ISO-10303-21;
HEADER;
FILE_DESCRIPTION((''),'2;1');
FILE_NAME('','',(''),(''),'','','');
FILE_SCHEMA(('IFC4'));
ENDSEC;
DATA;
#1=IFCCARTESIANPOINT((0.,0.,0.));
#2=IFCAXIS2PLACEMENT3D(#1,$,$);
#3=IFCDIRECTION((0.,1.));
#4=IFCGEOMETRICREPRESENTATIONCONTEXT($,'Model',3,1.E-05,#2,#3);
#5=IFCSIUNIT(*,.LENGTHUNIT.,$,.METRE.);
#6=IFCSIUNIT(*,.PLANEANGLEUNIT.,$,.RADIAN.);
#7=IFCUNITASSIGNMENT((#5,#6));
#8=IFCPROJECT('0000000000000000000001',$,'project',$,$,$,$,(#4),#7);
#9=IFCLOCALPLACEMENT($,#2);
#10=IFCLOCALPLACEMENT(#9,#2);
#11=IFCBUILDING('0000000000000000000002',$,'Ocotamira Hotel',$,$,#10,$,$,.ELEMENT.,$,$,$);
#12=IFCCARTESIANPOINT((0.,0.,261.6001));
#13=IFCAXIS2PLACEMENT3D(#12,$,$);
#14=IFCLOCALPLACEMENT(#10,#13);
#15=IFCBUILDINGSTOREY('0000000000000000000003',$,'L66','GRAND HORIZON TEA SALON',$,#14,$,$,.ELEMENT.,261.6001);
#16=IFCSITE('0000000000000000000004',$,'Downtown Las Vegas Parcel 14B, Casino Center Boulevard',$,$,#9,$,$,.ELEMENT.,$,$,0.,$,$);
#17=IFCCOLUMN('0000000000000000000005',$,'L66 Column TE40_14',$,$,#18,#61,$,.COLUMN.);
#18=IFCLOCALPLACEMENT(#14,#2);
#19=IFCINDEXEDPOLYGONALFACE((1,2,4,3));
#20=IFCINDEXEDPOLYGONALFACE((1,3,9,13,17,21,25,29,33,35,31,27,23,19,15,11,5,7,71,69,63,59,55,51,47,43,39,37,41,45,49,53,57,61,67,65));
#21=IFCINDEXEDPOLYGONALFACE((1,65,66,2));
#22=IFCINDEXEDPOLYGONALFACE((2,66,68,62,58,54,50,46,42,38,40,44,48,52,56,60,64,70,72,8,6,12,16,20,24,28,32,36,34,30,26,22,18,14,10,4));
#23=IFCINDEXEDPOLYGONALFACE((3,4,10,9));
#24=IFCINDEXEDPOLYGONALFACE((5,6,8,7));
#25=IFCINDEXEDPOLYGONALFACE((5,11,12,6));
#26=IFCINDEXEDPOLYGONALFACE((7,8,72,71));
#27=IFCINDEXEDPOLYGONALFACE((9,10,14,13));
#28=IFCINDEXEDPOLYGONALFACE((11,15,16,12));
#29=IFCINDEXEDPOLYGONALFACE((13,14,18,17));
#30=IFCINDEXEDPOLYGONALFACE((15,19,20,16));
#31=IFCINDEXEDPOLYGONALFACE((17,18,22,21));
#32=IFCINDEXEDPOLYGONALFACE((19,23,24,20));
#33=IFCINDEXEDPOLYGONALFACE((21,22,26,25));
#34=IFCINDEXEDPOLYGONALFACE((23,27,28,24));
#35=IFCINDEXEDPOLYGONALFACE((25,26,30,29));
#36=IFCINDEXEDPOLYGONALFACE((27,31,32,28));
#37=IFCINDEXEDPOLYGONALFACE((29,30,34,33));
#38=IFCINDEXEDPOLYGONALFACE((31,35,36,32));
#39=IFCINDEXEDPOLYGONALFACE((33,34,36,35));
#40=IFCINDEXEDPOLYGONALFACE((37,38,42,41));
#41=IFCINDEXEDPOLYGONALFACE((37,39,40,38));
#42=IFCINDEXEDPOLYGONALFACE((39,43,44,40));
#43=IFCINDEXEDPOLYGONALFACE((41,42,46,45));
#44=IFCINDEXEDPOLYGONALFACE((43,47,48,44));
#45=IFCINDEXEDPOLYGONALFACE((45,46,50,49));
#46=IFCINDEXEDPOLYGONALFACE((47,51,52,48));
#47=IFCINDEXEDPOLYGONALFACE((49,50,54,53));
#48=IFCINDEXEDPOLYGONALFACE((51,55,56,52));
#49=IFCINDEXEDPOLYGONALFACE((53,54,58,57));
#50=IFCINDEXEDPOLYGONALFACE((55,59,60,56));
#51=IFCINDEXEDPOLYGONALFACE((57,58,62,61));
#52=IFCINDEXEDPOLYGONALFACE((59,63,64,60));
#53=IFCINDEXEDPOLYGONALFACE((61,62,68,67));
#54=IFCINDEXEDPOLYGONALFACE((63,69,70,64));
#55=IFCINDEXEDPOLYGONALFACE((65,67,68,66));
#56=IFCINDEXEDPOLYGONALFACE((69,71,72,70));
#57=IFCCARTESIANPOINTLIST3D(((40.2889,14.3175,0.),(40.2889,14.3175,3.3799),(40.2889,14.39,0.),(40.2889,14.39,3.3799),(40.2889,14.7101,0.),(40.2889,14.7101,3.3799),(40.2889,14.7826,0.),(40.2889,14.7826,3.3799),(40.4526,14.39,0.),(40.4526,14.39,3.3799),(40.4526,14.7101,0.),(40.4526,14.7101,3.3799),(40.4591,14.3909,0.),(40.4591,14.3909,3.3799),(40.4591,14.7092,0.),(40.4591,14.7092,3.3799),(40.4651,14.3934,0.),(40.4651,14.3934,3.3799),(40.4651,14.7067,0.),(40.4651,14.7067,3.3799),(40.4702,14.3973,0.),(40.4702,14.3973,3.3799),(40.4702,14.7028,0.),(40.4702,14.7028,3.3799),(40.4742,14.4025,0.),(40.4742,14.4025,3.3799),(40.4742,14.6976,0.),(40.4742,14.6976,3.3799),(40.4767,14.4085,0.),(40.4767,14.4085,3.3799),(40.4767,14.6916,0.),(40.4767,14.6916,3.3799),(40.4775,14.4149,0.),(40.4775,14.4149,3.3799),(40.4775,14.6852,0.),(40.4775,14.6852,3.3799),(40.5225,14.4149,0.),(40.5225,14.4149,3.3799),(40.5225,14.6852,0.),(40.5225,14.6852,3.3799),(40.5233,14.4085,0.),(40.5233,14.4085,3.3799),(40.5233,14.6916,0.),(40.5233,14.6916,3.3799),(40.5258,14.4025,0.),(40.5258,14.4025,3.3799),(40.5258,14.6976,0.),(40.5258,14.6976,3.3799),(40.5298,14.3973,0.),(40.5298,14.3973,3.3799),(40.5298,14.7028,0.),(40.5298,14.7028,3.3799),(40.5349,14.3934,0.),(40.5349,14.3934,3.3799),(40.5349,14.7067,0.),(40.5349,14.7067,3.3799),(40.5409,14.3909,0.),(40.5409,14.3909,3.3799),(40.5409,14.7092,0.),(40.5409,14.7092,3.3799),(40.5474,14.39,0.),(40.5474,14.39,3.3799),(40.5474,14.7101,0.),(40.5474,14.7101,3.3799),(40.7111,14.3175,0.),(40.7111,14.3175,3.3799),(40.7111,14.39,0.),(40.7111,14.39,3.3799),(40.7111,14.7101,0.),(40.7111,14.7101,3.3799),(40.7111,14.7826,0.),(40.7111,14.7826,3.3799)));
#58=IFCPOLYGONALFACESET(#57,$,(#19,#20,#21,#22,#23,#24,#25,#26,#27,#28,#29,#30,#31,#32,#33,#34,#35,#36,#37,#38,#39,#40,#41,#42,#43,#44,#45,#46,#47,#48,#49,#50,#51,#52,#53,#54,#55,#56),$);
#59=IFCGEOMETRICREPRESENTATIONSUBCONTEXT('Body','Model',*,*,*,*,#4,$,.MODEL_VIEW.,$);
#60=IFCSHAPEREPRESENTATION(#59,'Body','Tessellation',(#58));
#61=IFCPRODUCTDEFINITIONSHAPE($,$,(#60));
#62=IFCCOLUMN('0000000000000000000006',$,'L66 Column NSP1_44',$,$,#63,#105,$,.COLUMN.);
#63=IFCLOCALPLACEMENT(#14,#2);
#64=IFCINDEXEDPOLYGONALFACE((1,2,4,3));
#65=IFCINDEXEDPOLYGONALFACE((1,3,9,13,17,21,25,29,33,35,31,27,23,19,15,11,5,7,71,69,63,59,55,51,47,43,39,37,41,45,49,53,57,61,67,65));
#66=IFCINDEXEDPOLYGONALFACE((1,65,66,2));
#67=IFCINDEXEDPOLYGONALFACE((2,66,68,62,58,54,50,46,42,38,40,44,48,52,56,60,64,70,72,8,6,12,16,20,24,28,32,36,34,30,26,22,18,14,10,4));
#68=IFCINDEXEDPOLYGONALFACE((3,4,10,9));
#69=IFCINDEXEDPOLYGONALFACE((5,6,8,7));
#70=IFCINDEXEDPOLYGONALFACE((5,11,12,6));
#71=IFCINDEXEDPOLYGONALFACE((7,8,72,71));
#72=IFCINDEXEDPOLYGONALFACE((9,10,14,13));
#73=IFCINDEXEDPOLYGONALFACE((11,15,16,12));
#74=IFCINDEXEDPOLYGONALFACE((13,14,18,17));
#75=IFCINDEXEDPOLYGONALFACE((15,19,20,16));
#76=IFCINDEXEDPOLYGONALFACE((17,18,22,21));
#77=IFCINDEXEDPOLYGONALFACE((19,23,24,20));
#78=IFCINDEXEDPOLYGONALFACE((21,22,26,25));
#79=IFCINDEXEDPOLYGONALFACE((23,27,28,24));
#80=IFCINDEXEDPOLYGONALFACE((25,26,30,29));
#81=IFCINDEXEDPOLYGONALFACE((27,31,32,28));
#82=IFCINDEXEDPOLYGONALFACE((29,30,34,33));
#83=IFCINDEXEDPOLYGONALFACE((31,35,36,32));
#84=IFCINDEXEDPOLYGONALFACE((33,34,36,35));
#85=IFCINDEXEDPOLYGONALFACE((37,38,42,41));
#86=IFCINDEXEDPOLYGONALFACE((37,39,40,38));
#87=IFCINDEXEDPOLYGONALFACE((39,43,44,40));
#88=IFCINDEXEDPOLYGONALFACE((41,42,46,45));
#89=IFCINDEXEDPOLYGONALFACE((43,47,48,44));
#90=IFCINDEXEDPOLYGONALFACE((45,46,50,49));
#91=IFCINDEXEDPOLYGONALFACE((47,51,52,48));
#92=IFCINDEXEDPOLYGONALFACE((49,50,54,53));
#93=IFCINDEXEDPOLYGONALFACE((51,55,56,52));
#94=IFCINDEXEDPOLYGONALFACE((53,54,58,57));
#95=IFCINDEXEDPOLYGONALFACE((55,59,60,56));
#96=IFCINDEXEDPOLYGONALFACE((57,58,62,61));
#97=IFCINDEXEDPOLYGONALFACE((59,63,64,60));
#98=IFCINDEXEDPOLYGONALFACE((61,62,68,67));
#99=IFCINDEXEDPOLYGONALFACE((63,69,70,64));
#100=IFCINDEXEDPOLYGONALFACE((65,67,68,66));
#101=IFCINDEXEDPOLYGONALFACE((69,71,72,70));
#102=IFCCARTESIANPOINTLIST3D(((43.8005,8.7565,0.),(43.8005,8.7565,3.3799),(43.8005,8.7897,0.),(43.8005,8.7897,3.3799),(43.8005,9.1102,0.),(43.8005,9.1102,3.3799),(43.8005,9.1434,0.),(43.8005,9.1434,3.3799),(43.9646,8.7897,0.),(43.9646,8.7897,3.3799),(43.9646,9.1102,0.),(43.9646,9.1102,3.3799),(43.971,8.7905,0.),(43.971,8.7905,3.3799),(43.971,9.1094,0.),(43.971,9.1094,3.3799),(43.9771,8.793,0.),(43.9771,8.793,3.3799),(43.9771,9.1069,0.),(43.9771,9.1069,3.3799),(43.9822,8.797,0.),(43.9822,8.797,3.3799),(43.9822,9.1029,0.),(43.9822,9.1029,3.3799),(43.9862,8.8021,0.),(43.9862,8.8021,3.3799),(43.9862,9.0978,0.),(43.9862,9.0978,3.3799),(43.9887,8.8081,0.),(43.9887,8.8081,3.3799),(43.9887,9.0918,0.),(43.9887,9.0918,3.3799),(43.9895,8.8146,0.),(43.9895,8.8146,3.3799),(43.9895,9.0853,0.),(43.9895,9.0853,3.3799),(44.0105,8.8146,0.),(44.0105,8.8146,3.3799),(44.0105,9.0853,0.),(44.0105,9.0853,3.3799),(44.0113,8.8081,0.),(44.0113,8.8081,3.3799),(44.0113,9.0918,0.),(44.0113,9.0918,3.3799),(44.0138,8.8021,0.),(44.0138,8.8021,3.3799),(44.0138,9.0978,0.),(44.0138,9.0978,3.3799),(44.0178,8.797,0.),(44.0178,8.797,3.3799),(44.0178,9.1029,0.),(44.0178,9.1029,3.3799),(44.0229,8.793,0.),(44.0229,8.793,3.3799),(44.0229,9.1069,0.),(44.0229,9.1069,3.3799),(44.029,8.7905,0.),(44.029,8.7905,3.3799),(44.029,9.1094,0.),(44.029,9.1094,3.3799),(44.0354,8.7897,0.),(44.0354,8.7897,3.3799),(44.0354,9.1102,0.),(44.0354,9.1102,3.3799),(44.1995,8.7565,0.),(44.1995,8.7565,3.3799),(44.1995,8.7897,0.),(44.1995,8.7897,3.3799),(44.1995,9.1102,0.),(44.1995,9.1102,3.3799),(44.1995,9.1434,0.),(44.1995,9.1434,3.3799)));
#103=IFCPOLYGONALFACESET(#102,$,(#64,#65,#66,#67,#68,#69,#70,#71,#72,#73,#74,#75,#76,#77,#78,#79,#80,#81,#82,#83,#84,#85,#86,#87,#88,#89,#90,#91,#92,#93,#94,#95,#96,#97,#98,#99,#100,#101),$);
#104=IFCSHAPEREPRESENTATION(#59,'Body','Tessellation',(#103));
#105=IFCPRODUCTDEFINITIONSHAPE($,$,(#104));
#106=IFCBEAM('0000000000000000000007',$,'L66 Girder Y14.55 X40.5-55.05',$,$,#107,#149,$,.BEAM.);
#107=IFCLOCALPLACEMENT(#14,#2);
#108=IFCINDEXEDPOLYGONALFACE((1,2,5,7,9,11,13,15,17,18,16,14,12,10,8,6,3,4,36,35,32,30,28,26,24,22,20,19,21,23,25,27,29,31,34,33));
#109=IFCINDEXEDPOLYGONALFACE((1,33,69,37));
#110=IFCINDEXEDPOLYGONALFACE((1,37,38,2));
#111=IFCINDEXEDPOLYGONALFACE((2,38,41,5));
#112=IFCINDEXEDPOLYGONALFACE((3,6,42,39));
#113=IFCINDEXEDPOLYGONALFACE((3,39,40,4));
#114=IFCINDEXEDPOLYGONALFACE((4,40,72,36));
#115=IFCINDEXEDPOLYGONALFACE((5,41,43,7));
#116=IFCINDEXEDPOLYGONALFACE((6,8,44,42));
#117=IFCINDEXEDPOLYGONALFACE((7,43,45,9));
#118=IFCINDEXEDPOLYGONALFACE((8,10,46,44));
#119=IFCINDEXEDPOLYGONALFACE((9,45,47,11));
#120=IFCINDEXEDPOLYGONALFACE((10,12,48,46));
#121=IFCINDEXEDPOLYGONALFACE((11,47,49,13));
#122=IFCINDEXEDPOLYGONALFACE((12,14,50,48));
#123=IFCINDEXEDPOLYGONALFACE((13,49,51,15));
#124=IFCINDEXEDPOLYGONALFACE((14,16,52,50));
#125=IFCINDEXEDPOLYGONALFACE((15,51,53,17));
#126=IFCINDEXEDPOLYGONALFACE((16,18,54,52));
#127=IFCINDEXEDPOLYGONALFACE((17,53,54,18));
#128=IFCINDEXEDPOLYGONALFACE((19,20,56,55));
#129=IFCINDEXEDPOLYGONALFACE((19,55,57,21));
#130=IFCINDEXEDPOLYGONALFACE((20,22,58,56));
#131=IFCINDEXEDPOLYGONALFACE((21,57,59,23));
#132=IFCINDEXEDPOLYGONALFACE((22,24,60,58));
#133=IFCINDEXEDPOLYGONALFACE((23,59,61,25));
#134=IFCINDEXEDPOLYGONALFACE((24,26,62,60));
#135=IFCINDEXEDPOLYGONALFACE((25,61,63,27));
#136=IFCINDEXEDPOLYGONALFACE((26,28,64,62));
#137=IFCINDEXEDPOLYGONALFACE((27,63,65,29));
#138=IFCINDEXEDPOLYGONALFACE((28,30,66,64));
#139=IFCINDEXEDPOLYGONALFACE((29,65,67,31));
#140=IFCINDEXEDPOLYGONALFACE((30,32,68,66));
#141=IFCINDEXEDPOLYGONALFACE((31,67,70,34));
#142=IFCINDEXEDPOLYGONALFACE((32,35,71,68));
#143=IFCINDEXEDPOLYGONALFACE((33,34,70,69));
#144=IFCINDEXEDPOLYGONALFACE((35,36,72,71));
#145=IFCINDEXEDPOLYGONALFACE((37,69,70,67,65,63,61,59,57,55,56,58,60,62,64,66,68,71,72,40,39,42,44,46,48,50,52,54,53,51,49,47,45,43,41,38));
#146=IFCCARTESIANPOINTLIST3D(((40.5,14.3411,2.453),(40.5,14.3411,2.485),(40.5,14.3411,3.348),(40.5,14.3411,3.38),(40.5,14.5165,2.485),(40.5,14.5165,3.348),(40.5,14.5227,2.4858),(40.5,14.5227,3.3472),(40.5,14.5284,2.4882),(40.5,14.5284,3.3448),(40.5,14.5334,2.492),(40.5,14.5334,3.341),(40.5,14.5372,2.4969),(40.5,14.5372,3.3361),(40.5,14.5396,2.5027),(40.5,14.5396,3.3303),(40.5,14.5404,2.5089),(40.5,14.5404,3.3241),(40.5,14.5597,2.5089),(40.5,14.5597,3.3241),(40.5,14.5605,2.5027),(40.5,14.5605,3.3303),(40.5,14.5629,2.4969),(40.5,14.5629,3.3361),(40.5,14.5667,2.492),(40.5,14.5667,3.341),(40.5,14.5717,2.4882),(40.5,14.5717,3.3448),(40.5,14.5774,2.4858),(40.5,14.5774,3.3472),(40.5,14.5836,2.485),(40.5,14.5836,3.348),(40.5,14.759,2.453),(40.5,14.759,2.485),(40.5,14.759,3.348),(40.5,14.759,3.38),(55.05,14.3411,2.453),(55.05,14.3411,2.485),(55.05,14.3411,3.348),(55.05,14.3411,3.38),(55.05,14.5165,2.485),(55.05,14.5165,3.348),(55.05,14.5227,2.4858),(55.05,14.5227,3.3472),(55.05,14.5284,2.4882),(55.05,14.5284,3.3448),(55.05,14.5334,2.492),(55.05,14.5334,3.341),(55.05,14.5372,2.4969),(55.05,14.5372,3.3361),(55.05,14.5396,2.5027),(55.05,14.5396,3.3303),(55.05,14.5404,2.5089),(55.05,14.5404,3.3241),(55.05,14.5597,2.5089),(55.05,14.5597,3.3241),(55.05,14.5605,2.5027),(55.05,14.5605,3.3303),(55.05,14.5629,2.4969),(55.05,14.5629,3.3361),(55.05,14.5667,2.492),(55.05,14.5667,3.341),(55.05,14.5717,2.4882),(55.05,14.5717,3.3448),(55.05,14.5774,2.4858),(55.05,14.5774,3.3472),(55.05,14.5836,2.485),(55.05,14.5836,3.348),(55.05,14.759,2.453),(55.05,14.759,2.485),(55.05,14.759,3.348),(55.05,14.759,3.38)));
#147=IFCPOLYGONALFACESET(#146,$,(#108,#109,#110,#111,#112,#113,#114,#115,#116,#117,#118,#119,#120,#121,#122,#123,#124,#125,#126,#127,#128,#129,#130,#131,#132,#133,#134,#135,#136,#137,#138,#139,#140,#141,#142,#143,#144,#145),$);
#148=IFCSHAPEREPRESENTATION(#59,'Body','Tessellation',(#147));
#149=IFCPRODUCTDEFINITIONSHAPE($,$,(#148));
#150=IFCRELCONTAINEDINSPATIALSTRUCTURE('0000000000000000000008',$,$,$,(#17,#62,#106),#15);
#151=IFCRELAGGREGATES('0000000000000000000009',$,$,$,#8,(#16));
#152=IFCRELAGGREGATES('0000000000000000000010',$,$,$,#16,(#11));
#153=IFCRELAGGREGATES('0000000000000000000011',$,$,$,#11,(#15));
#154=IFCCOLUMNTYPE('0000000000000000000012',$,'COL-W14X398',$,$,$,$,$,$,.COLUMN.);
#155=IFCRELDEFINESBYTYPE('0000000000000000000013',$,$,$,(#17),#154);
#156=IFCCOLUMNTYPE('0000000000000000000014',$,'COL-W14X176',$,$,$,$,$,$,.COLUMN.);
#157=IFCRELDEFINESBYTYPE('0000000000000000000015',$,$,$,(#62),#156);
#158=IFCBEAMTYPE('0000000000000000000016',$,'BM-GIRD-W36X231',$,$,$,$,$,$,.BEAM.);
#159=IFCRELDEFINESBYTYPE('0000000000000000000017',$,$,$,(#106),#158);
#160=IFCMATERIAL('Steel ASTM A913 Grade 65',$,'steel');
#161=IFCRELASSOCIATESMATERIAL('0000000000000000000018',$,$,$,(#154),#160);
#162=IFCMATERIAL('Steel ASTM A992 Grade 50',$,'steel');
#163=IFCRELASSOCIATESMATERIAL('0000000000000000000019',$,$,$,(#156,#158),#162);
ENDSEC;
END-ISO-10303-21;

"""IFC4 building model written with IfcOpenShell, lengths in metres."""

from ifc_helpers import new_model, si_unit, direction, frame, origin, origin_2d, place, context, subcontext, project, spatial, i_section, extrude, source, transform, mapped, material, material_profile, profile_set, type_object, element, save


model = new_model("IFC4")

# Units and contexts
model_context = context("Model", 3, precision=1e-05, world=origin(), true_north=direction((0.0, 1.0)))
body_context = subcontext(model_context, "Body", "Model", "MODEL_VIEW")
ifc_project = project(units=[si_unit("LENGTHUNIT", "METRE"), si_unit("PLANEANGLEUNIT", "RADIAN")], contexts=[model_context])

# Site, building, storey
site_placement = place(None, origin())
site = spatial("IfcSite", under=ifc_project, at=site_placement, Name="Downtown Las Vegas Parcel 14B, Casino Center Boulevard", CompositionType="ELEMENT", RefElevation=0.0)
building_placement = place(site_placement, origin())
building = spatial("IfcBuilding", under=site, at=building_placement, Name="Ocotamira Hotel", CompositionType="ELEMENT")
storey_placement = place(building_placement, frame((0.0, 0.0, 261.6001)))
storey = spatial("IfcBuildingStorey", under=building, at=storey_placement, Name="L66", Description="GRAND HORIZON TEA SALON", CompositionType="ELEMENT", Elevation=261.6001)

# Columns
ifc_material_1 = material(Name="Steel ASTM A913 Grade 65", Category="steel")
ifc_material_profile_1 = material_profile(ifc_material_1, i_section(OverallWidth=0.4221, OverallDepth=0.4651, WebThickness=0.0449, FlangeThickness=0.0725, FilletRadius=0.0249, at=origin_2d()), Name="W14X398")
ifc_profile_set_1 = profile_set([ifc_material_profile_1], Name="Steel ASTM A913 Grade 65")
column_type_1 = type_object("IfcColumnType", Name="COL-W14X398", PredefinedType="COLUMN", material=ifc_profile_set_1)
shared_shape_1 = source(origin(), body_context, "Body", "SweptSolid", [
    extrude(i_section(OverallWidth=0.4221, OverallDepth=0.4651, WebThickness=0.0449, FlangeThickness=0.0725, FilletRadius=0.0249, at=origin_2d()), origin(), (0.0, 0.0, 1.0), 3.3799),
])
column_1_placement = place(storey_placement, frame((40.5, 14.55, 0.0), z_axis=(0.0, 0.0, 1.0), x_axis=(1.0, 0.0, 0.0)))
element("IfcColumn", 1, at=column_1_placement, inside=storey, type_object=column_type_1, Name="L66 Column TE40_14", PredefinedType="COLUMN", context=body_context, shape_type="MappedRepresentation", body=[
    mapped(shared_shape_1, transform((0.0, 0.0, 0.0), scale=1.0)),
])
ifc_material_2 = material(Name="Steel ASTM A992 Grade 50", Category="steel")
ifc_material_profile_2 = material_profile(ifc_material_2, i_section(OverallWidth=0.3989, OverallDepth=0.387, WebThickness=0.021, FlangeThickness=0.0332, FilletRadius=0.0249, at=origin_2d()), Name="W14X176")
ifc_profile_set_2 = profile_set([ifc_material_profile_2], Name="Steel ASTM A992 Grade 50")
column_type_2 = type_object("IfcColumnType", Name="COL-W14X176", PredefinedType="COLUMN", material=ifc_profile_set_2)
shared_shape_2 = source(origin(), body_context, "Body", "SweptSolid", [
    extrude(i_section(OverallWidth=0.3989, OverallDepth=0.387, WebThickness=0.021, FlangeThickness=0.0332, FilletRadius=0.0249, at=origin_2d()), origin(), (0.0, 0.0, 1.0), 3.3799),
])
column_2_placement = place(storey_placement, frame((44.0, 8.95, 0.0), z_axis=(0.0, 0.0, 1.0), x_axis=(1.0, 0.0, 0.0)))
element("IfcColumn", 2, at=column_2_placement, inside=storey, type_object=column_type_2, Name="L66 Column NSP1_44", PredefinedType="COLUMN", context=body_context, shape_type="MappedRepresentation", body=[
    mapped(shared_shape_2, transform((0.0, 0.0, 0.0), scale=1.0)),
])

# Beam
ifc_material_profile_3 = material_profile(ifc_material_2, i_section(OverallWidth=0.418, OverallDepth=0.927, WebThickness=0.0193, FlangeThickness=0.032, FilletRadius=0.0239, at=origin_2d()), Name="W36X231")
ifc_profile_set_3 = profile_set([ifc_material_profile_3], Name="Steel ASTM A992 Grade 50")
beam_type_1 = type_object("IfcBeamType", Name="BM-GIRD-W36X231", PredefinedType="BEAM", material=ifc_profile_set_3)
shared_shape_3 = source(origin(), body_context, "Body", "SweptSolid", [
    extrude(i_section(OverallWidth=0.418, OverallDepth=0.927, WebThickness=0.0193, FlangeThickness=0.032, FilletRadius=0.0239, at=origin_2d()), origin(), (0.0, 0.0, 1.0), 14.55),
])
beam_1_placement = place(storey_placement, frame((40.5, 14.55, 2.9165), z_axis=(1.0, 0.0, 0.0), x_axis=(0.0, 1.0, 0.0)))
element("IfcBeam", 3, at=beam_1_placement, inside=storey, type_object=beam_type_1, Name="L66 Girder Y14.55 X40.5-55.05", PredefinedType="BEAM", context=body_context, shape_type="MappedRepresentation", body=[
    mapped(shared_shape_3, transform((0.0, 0.0, 0.0), scale=1.0)),
])

save(model, "model.ifc")
